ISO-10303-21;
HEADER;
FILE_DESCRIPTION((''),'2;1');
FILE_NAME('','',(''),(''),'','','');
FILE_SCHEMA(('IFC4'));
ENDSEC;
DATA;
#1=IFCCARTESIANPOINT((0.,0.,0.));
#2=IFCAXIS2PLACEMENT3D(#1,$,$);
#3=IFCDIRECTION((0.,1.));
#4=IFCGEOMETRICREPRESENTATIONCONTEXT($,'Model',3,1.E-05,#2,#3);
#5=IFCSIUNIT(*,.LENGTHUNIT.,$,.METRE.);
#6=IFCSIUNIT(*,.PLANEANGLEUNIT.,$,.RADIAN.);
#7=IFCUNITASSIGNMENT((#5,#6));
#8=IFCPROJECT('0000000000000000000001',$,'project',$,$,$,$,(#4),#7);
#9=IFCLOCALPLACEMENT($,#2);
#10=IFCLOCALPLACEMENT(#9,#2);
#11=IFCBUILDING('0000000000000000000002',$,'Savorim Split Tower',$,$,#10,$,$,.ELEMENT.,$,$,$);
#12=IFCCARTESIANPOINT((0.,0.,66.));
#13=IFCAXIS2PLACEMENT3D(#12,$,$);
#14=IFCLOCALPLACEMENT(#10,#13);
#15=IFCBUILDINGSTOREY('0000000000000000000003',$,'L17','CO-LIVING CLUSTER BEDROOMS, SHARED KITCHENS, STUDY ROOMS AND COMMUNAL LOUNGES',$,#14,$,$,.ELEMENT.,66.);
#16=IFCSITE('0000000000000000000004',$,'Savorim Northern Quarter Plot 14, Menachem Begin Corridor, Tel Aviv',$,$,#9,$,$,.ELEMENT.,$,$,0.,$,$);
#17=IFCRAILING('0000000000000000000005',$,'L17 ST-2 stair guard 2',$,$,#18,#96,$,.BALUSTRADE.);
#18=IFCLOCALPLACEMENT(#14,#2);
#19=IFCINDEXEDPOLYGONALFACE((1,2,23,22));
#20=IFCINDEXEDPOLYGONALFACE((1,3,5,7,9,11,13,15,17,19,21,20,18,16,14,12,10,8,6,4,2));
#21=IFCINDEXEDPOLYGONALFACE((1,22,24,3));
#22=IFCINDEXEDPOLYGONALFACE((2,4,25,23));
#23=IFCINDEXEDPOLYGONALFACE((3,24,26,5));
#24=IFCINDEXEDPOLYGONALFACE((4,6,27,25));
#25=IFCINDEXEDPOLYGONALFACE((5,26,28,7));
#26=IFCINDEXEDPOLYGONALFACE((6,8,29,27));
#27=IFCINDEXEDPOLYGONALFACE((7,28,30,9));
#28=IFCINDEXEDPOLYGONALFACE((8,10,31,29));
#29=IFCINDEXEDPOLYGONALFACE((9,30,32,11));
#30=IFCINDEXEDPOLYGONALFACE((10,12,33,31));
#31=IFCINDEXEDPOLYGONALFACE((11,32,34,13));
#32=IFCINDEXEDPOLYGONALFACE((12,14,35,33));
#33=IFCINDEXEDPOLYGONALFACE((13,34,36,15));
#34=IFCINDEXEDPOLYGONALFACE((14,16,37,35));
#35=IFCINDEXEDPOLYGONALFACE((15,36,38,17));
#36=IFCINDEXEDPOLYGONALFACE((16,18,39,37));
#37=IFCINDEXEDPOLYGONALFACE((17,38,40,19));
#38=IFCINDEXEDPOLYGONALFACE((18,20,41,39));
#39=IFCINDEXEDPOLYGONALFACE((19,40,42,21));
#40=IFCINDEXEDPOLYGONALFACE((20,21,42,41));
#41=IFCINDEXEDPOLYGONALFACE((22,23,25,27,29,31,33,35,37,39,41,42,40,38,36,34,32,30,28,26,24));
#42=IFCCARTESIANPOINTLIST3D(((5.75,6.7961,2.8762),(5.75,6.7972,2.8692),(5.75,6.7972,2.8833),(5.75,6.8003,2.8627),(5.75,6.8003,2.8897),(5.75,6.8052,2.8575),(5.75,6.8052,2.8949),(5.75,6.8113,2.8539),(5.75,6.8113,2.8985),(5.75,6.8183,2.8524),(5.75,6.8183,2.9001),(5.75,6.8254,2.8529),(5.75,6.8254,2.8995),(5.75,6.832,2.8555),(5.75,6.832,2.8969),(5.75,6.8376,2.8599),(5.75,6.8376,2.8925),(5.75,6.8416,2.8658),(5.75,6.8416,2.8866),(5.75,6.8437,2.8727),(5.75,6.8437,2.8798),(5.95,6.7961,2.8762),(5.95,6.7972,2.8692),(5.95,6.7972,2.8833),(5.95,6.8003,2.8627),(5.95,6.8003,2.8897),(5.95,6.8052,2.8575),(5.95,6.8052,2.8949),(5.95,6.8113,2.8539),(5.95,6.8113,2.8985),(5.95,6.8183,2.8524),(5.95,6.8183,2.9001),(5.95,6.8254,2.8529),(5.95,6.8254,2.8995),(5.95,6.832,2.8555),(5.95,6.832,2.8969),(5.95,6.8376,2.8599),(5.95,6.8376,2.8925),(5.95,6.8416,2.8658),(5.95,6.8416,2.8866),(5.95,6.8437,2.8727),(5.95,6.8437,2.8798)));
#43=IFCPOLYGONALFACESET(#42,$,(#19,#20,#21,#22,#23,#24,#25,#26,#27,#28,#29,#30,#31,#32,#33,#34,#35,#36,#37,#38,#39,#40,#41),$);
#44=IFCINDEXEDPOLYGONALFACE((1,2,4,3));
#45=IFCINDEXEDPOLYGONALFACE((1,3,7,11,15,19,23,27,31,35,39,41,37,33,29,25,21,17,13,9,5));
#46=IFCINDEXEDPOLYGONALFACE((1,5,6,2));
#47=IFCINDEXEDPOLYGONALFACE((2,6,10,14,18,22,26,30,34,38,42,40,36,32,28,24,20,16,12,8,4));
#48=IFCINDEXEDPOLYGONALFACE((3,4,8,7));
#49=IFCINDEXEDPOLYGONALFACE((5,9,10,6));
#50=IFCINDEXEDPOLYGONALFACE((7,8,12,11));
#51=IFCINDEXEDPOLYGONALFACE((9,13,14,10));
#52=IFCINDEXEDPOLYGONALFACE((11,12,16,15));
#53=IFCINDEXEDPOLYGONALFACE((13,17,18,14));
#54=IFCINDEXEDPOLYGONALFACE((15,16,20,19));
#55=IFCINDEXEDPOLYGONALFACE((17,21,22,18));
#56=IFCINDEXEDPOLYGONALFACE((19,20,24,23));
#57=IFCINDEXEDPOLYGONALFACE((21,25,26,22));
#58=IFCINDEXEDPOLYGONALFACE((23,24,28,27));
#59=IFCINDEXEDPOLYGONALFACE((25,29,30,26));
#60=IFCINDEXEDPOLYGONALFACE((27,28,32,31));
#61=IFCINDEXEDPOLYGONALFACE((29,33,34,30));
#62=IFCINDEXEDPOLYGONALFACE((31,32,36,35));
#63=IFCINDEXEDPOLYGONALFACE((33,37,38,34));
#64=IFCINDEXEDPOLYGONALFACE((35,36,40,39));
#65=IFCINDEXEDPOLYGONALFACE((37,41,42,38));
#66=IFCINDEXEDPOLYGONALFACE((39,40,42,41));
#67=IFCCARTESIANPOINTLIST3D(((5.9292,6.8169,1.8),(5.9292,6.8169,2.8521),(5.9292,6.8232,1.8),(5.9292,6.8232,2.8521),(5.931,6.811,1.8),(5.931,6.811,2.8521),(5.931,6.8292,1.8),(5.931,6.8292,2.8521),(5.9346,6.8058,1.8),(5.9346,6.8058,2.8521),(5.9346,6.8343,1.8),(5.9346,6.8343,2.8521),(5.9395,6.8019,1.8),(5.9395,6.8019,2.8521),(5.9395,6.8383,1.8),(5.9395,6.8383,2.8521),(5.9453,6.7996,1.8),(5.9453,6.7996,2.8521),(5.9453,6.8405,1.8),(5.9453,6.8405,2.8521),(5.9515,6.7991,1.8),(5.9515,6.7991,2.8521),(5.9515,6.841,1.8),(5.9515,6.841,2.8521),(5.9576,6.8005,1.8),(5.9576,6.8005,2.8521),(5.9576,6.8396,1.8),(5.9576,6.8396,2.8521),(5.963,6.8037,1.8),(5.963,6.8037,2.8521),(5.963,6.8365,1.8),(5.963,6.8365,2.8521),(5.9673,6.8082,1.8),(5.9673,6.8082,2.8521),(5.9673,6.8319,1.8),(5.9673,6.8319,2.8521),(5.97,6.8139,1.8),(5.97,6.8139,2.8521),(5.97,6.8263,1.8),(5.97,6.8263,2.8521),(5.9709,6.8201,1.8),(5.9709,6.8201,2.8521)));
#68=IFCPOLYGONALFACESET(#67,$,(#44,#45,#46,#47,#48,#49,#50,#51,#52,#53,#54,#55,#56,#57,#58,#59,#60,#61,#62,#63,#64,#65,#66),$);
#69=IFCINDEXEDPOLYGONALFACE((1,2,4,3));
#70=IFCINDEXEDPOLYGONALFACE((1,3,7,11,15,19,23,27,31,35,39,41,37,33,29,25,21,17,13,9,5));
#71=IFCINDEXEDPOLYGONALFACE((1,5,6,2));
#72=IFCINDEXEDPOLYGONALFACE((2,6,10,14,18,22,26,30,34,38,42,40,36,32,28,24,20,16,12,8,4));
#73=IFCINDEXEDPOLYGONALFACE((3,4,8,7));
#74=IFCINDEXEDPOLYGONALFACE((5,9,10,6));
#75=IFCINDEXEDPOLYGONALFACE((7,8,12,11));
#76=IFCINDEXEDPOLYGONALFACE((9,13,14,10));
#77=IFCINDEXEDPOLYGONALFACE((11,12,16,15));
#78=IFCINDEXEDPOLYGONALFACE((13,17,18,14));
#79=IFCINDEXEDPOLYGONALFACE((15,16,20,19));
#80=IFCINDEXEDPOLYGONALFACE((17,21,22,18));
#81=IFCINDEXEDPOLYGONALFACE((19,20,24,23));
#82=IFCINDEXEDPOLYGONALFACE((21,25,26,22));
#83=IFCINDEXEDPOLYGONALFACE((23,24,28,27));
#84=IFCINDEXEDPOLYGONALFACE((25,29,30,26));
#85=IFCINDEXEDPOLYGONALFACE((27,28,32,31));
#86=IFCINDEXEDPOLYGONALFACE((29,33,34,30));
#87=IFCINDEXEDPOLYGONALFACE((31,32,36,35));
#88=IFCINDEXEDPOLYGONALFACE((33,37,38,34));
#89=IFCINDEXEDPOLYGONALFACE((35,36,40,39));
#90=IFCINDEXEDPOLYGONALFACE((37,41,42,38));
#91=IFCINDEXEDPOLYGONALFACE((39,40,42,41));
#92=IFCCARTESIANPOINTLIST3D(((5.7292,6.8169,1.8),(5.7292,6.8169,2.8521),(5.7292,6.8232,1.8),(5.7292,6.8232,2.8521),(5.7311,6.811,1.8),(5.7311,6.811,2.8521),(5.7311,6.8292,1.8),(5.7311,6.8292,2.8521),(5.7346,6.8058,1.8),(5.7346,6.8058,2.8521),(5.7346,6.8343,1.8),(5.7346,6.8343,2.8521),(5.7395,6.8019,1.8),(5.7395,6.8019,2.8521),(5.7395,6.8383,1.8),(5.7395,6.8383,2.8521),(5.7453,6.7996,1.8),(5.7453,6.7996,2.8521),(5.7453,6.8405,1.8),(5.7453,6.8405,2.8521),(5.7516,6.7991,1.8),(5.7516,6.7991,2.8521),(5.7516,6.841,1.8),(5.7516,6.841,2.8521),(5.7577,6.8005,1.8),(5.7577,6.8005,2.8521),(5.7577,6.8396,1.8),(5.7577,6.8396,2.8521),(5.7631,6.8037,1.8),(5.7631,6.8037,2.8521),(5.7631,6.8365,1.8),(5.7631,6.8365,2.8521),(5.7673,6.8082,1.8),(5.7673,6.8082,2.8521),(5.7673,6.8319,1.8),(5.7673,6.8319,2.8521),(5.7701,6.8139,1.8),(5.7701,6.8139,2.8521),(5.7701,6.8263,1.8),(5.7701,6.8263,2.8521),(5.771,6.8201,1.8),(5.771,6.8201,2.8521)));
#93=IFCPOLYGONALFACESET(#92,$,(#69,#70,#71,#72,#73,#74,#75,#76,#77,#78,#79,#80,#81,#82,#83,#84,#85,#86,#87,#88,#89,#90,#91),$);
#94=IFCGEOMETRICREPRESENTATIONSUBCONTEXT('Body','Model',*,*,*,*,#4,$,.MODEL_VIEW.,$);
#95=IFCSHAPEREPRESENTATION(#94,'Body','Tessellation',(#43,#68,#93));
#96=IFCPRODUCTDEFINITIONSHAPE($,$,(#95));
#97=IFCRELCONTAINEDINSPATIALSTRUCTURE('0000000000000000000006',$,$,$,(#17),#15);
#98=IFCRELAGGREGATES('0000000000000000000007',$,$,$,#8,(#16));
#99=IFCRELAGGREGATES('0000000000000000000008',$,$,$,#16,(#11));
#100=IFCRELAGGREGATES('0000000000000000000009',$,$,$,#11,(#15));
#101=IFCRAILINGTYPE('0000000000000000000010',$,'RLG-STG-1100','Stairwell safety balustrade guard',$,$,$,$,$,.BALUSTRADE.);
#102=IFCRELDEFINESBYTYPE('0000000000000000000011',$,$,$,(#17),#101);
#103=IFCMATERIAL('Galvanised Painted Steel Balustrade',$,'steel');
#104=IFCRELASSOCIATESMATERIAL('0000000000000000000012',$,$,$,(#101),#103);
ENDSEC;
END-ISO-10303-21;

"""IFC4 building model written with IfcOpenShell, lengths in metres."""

from ifc_helpers import new_model, si_unit, direction, frame, origin, origin_2d, place, context, subcontext, project, spatial, circle, extrude, material, type_object, element, save


model = new_model("IFC4")

# Units and contexts
model_context = context("Model", 3, precision=1e-05, world=origin(), true_north=direction((0.0, 1.0)))
body_context = subcontext(model_context, "Body", "Model", "MODEL_VIEW")
ifc_project = project(units=[si_unit("LENGTHUNIT", "METRE"), si_unit("PLANEANGLEUNIT", "RADIAN")], contexts=[model_context])

# Site, building, storey
site_placement = place(None, origin())
site = spatial("IfcSite", under=ifc_project, at=site_placement, Name="Savorim Northern Quarter Plot 14, Menachem Begin Corridor, Tel Aviv", CompositionType="ELEMENT", RefElevation=0.0)
building_placement = place(site_placement, origin())
building = spatial("IfcBuilding", under=site, at=building_placement, Name="Savorim Split Tower", CompositionType="ELEMENT")
storey_placement = place(building_placement, frame((0.0, 0.0, 66.0)))
storey = spatial("IfcBuildingStorey", under=building, at=storey_placement, Name="L17", Description="CO-LIVING CLUSTER BEDROOMS, SHARED KITCHENS, STUDY ROOMS AND COMMUNAL LOUNGES", CompositionType="ELEMENT", Elevation=66.0)

# Railing
ifc_material_1 = material(Name="Galvanised Painted Steel Balustrade", Category="steel")
railing_type_1 = type_object("IfcRailingType", Name="RLG-STG-1100", Description="Stairwell safety balustrade guard", PredefinedType="BALUSTRADE", material=ifc_material_1)
railing_1_placement = place(storey_placement, frame((5.95, 6.8201, 1.8)))
element("IfcRailing", 1, at=railing_1_placement, inside=storey, type_object=railing_type_1, Name="L17 ST-2 stair guard 2", PredefinedType="BALUSTRADE", context=body_context, shape_type="SweptSolid", body=[
    extrude(circle(Radius=0.0239, at=origin_2d()), frame((0.0, 0.0, 1.0762), z_axis=(-1.0, 0.0, 0.0), x_axis=(0.0, -1.0, 0.0)), (0.0, 0.0, 1.0), 0.2),
    extrude(circle(Radius=0.021, at=origin_2d()), origin(), (0.0, 0.0, 1.0), 1.052),
    extrude(circle(Radius=0.021, at=origin_2d()), frame((-0.2, 0.0, 0.0)), (0.0, 0.0, 1.0), 1.052),
])

save(model, "model.ifc")
